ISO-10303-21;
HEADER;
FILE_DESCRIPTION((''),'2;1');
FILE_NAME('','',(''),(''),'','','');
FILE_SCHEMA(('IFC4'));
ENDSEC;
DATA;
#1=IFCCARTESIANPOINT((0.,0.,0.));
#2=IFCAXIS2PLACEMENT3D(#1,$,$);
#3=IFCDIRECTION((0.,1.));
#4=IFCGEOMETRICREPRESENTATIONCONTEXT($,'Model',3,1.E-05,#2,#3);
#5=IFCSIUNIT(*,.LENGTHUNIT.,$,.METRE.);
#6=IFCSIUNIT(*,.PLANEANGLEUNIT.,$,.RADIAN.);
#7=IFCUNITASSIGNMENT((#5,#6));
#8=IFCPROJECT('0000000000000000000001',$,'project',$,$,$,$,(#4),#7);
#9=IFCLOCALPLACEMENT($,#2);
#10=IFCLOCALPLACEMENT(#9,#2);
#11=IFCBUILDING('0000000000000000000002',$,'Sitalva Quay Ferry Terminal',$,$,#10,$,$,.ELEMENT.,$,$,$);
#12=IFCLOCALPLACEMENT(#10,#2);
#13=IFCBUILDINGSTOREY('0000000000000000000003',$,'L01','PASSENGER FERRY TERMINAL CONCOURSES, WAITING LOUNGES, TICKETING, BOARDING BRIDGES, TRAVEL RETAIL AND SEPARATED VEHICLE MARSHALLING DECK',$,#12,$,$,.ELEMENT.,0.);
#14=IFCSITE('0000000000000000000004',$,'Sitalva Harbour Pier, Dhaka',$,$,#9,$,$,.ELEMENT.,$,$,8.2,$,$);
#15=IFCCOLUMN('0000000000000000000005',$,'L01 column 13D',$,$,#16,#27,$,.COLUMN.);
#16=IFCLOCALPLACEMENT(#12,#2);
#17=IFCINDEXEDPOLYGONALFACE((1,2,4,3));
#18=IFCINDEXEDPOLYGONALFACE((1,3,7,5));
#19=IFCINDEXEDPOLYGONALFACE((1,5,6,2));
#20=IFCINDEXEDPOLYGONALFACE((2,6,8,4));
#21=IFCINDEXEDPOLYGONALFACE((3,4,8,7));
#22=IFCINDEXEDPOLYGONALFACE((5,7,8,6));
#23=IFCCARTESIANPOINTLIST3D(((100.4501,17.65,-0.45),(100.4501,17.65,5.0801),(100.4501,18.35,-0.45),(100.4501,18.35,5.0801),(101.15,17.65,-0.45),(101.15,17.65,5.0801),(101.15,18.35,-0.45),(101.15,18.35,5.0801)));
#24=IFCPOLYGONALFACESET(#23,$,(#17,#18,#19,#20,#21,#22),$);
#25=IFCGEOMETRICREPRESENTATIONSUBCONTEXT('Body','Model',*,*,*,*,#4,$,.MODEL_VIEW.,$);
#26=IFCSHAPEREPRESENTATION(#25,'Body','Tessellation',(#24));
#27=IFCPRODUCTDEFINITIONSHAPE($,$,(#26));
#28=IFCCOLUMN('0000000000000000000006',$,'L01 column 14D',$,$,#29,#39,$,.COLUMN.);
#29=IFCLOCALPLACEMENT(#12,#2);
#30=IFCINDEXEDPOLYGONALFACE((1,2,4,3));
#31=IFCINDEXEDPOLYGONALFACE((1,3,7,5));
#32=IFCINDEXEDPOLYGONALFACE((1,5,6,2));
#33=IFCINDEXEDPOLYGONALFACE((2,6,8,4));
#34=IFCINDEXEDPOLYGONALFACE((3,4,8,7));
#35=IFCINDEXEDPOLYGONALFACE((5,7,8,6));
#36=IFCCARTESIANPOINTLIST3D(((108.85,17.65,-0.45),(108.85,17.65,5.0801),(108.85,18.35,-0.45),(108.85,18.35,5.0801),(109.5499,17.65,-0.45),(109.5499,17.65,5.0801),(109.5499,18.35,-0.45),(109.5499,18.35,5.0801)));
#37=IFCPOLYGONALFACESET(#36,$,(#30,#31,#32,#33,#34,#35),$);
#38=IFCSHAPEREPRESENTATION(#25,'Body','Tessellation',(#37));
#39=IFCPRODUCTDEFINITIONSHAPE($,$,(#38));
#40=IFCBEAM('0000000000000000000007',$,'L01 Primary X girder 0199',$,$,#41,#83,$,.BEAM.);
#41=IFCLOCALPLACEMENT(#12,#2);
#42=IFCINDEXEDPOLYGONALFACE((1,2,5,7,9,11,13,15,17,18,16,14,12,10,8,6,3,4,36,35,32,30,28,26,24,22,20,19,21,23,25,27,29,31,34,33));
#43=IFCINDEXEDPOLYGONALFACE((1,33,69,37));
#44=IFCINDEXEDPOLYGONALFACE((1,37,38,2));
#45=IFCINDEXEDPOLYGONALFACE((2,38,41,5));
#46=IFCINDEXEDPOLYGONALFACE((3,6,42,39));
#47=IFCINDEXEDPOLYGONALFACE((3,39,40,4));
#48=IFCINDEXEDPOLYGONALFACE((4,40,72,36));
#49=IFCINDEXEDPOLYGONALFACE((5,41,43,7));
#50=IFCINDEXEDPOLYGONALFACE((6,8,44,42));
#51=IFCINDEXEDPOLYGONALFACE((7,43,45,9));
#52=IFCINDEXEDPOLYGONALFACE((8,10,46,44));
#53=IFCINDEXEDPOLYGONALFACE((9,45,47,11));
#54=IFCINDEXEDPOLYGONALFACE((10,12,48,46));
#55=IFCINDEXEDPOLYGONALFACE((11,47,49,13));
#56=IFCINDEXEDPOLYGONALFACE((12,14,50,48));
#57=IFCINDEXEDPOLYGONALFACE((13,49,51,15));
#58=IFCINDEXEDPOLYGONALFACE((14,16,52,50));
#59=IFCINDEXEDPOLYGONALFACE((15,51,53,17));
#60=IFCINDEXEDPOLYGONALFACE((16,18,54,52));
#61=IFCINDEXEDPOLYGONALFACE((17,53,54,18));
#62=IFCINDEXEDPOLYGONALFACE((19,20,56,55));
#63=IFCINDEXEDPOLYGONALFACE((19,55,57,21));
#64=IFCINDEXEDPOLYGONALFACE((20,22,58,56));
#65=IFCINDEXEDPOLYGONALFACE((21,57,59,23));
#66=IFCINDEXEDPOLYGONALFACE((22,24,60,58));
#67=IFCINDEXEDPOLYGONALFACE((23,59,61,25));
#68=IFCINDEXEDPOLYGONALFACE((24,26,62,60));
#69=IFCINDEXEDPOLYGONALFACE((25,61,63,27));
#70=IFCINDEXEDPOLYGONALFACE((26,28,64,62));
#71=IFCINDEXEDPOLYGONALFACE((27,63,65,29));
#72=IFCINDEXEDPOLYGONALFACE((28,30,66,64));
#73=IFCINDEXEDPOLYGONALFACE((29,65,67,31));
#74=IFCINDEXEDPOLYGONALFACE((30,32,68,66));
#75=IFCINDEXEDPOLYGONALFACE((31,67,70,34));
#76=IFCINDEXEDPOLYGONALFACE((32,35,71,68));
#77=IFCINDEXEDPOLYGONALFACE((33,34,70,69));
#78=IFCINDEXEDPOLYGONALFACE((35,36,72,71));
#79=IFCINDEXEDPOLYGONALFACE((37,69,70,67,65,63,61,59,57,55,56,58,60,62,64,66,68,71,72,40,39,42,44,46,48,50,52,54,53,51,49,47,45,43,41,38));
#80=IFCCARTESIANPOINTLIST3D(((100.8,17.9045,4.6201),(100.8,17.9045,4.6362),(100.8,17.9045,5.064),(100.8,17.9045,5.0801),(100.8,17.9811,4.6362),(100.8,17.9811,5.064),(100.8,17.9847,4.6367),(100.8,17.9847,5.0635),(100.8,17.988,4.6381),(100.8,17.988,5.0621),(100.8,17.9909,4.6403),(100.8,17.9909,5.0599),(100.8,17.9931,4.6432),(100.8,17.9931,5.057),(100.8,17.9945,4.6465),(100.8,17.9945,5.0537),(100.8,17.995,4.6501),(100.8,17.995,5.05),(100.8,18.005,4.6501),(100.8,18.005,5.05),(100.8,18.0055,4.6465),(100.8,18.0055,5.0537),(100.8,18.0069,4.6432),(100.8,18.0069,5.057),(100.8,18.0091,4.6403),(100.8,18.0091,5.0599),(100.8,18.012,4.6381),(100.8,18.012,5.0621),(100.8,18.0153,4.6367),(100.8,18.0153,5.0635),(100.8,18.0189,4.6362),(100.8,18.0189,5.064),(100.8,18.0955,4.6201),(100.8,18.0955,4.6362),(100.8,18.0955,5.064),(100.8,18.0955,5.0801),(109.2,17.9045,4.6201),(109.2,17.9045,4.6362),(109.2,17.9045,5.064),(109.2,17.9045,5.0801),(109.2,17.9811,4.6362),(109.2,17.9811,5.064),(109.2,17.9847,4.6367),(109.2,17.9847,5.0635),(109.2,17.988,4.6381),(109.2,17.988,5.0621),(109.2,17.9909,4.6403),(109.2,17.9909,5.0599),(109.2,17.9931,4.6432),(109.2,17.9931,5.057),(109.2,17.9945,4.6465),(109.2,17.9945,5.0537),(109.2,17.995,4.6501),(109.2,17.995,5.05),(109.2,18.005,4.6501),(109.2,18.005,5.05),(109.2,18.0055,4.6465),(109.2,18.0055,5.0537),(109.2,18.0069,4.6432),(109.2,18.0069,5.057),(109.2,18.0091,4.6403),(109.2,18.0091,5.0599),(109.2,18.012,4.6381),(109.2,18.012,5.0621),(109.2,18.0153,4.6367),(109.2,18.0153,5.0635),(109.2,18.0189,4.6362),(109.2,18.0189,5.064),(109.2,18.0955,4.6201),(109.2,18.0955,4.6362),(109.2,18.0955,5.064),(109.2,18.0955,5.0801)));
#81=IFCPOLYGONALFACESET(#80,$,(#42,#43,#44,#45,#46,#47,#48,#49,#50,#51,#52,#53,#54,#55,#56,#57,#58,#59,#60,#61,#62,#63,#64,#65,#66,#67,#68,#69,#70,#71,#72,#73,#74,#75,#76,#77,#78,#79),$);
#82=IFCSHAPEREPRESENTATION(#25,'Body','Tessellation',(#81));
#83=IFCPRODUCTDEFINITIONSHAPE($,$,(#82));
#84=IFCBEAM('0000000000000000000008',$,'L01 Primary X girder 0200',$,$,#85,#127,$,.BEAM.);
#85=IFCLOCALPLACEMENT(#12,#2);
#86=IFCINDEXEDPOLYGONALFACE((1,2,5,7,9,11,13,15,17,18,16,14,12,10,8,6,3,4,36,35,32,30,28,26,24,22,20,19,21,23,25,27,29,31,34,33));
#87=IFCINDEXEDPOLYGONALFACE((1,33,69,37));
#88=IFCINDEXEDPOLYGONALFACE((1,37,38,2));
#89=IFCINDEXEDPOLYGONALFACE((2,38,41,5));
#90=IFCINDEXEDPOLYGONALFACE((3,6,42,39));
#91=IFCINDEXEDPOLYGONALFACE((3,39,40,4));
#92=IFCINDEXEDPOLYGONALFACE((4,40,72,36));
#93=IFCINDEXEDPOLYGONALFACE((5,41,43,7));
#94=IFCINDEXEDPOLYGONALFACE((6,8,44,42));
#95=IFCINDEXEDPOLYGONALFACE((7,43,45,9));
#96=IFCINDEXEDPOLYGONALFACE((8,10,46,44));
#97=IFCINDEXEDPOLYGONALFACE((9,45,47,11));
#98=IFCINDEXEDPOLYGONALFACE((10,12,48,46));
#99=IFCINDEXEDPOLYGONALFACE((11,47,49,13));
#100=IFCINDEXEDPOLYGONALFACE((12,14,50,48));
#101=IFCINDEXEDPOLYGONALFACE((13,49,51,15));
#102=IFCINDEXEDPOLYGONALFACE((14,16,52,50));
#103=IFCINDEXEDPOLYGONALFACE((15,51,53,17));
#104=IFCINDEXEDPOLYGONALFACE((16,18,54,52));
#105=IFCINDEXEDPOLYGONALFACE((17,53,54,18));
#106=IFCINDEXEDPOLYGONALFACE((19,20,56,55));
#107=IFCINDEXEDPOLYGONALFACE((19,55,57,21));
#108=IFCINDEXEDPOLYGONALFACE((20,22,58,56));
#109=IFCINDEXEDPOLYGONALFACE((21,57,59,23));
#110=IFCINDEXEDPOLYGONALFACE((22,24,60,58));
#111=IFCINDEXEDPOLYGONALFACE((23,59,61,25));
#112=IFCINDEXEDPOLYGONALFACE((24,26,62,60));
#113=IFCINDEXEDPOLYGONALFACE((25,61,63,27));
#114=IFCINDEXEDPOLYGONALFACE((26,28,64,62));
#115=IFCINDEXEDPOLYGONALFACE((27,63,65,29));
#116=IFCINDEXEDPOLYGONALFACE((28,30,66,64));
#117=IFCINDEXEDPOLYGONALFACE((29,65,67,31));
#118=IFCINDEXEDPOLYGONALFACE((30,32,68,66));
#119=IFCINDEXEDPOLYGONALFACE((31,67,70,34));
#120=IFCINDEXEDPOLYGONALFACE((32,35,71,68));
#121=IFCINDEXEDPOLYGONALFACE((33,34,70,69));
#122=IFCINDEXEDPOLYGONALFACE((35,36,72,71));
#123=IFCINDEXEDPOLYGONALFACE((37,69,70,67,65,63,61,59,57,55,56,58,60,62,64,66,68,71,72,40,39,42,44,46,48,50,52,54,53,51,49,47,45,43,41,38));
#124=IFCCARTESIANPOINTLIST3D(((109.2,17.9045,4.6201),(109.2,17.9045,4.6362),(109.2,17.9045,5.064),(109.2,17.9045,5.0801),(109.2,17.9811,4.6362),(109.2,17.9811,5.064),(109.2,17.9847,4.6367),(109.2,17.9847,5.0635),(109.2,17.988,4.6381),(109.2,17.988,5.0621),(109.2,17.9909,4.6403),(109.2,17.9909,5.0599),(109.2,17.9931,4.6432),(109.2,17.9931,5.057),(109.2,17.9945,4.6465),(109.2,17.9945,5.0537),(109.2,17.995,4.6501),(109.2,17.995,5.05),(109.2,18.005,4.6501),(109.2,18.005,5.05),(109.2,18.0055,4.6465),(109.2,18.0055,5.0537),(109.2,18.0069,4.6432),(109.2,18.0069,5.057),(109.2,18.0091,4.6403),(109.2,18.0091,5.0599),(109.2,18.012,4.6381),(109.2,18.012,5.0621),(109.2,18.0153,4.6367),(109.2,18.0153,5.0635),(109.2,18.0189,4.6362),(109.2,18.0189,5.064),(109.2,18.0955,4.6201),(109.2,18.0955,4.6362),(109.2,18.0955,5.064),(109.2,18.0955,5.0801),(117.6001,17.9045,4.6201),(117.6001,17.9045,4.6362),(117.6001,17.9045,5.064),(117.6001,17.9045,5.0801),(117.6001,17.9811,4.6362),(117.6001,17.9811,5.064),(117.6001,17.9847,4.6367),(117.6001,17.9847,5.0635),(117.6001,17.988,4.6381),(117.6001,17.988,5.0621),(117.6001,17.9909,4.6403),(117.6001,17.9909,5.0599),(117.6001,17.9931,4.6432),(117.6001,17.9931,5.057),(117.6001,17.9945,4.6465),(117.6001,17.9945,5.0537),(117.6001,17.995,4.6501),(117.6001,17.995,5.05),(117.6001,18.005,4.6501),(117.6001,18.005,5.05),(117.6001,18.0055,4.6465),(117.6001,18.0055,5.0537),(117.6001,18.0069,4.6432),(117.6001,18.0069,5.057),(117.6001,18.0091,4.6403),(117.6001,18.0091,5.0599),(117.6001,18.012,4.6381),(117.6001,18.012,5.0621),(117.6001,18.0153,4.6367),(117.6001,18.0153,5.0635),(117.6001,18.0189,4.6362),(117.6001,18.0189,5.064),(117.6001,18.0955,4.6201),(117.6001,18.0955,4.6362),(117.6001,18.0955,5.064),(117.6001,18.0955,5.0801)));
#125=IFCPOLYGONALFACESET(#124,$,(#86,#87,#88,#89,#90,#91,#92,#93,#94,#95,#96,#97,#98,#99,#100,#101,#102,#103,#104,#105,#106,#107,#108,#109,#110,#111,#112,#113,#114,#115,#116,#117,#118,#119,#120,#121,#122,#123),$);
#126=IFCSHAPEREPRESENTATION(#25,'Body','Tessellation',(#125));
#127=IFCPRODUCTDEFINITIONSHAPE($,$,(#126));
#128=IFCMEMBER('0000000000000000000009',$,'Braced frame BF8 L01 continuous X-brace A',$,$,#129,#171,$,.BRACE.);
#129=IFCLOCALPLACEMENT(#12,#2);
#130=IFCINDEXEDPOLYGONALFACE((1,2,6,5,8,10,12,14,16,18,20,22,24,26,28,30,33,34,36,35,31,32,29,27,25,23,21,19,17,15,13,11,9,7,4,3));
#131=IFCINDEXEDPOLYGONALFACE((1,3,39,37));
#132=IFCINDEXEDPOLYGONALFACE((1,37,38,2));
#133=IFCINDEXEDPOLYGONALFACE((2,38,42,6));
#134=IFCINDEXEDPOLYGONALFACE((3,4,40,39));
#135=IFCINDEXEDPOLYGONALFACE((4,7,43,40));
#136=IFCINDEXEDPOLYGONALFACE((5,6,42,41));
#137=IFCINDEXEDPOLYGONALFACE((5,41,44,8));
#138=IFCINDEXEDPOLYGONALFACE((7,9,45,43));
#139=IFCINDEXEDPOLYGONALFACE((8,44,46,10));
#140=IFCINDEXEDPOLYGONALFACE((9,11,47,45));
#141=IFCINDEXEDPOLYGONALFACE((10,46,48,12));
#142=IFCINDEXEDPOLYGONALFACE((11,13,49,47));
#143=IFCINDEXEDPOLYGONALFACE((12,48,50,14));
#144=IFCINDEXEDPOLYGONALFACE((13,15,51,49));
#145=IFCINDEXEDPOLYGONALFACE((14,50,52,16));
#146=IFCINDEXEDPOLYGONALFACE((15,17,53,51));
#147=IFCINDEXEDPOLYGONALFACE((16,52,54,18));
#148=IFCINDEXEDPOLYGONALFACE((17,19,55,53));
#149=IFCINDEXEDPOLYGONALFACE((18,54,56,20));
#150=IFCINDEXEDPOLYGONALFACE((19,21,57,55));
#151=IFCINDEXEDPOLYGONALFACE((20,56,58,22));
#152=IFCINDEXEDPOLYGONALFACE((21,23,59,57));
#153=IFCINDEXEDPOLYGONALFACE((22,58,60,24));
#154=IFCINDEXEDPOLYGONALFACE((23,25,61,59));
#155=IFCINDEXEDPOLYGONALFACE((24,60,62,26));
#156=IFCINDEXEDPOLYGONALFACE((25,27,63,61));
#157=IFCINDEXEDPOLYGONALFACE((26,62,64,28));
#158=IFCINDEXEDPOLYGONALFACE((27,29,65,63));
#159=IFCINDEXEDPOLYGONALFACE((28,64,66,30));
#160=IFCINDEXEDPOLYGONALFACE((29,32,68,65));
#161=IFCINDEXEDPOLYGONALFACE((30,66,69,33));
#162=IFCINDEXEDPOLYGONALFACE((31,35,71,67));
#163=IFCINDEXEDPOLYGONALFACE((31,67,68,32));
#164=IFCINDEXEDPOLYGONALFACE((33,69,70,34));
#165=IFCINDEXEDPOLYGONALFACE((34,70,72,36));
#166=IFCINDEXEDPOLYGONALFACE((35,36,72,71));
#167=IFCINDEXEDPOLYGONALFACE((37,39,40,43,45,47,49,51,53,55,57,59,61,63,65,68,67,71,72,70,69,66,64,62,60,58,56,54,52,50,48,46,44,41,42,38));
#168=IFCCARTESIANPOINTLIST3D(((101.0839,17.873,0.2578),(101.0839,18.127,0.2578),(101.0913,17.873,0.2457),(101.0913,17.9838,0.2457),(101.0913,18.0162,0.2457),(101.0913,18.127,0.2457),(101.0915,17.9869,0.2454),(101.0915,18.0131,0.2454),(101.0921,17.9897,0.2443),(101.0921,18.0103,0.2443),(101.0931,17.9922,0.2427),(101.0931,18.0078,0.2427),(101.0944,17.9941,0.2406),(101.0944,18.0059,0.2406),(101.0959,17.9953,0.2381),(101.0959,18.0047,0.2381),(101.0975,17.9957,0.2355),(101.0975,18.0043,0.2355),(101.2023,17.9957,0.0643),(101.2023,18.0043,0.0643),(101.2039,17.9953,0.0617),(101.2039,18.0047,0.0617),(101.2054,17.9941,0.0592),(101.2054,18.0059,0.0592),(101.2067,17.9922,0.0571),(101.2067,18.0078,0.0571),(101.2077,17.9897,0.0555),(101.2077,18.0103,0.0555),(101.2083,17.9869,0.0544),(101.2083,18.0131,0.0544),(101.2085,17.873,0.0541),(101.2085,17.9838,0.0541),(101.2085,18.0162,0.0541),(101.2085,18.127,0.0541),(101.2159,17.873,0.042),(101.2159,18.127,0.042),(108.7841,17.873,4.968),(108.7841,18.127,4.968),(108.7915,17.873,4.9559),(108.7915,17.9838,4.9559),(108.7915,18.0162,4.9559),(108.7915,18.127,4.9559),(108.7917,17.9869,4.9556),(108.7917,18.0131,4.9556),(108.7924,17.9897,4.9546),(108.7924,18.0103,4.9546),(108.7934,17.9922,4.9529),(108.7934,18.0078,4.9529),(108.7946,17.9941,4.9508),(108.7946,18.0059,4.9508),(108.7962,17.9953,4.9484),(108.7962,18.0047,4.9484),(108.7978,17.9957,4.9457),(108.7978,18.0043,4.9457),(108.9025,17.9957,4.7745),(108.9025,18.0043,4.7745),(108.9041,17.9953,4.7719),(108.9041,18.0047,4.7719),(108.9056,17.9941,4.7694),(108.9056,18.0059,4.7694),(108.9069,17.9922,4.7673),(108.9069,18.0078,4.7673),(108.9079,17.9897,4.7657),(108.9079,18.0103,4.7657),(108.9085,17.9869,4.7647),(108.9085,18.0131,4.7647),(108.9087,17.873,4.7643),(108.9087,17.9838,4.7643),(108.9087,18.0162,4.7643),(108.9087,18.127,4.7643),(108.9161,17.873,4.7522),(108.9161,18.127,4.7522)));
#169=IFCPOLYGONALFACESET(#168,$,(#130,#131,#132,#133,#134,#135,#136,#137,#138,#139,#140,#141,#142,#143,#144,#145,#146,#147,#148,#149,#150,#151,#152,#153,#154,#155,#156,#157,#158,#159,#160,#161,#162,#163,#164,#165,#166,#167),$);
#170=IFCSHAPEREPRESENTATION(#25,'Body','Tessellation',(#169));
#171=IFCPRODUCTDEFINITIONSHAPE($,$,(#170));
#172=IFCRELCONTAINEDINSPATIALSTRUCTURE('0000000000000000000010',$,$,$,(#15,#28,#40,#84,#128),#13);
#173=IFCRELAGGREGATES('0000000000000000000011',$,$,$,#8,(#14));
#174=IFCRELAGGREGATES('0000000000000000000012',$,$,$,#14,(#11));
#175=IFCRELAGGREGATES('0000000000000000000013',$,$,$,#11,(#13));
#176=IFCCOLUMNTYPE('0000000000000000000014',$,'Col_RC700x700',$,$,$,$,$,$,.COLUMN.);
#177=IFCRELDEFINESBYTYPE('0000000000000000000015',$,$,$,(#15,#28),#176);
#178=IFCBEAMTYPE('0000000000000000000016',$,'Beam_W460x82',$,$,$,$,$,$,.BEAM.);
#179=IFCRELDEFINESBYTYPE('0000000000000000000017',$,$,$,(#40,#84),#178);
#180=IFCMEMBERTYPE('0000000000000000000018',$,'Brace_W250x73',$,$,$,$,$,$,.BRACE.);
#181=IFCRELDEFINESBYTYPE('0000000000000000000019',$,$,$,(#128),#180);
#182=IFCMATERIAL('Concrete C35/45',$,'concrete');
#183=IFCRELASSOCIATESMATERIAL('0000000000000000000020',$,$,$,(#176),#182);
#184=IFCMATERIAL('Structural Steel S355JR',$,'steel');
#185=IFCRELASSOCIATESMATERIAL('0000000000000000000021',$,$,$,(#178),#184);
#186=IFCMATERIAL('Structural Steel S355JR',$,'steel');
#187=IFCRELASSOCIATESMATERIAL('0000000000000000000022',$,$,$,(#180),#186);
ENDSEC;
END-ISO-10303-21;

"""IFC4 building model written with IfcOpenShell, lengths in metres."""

from ifc_helpers import new_model, si_unit, direction, frame, origin, origin_2d, place, context, subcontext, project, spatial, rectangle, i_section, extrude, material, material_profile, profile_set, type_object, element, save


model = new_model("IFC4")

# Units and contexts
model_context = context("Model", 3, precision=1e-05, world=origin(), true_north=direction((0.0, 1.0)))
body_context = subcontext(model_context, "Body", "Model", "MODEL_VIEW")
ifc_project = project(units=[si_unit("LENGTHUNIT", "METRE"), si_unit("PLANEANGLEUNIT", "RADIAN")], contexts=[model_context])

# Site, building, storey
site_placement = place(None, origin())
site = spatial("IfcSite", under=ifc_project, at=site_placement, Name="Sitalva Harbour Pier, Dhaka", CompositionType="ELEMENT", RefElevation=8.2)
building_placement = place(site_placement, origin())
building = spatial("IfcBuilding", under=site, at=building_placement, Name="Sitalva Quay Ferry Terminal", CompositionType="ELEMENT")
storey_placement = place(building_placement, origin())
storey = spatial("IfcBuildingStorey", under=building, at=storey_placement, Name="L01", Description="PASSENGER FERRY TERMINAL CONCOURSES, WAITING LOUNGES, TICKETING, BOARDING BRIDGES, TRAVEL RETAIL AND SEPARATED VEHICLE MARSHALLING DECK", CompositionType="ELEMENT", Elevation=0.0)

# Columns
ifc_material_1 = material(Name="Concrete C35/45", Category="concrete")
ifc_material_profile_1 = material_profile(ifc_material_1, rectangle(XDim=0.7, YDim=0.7, at=origin_2d()), Name="RC700x700")
ifc_profile_set_1 = profile_set([ifc_material_profile_1], Name="Concrete C35/45")
column_type = type_object("IfcColumnType", Name="Col_RC700x700", PredefinedType="COLUMN", material=ifc_profile_set_1)
for number, where, z_axis, x_axis, name in (
    (1, (100.8, 18.0, -0.45), (0.0, 0.0, 1.0), (1.0, 0.0, 0.0), "L01 column 13D"),
    (2, (109.2, 18.0, -0.45), (0.0, 0.0, 1.0), (1.0, 0.0, 0.0), "L01 column 14D"),
):
    element("IfcColumn", number, at=place(storey_placement, frame(where, z_axis=z_axis, x_axis=x_axis)), inside=storey, type_object=column_type, Name=name, PredefinedType="COLUMN", context=body_context, shape_type="SweptSolid", body=[
        extrude(rectangle(XDim=0.7, YDim=0.7, at=origin_2d()), origin(), (0.0, 0.0, 1.0), 5.53),
    ])

# Beams
ifc_material_2 = material(Name="Structural Steel S355JR", Category="steel")
ifc_material_profile_2 = material_profile(ifc_material_2, i_section(OverallWidth=0.1909, OverallDepth=0.46, WebThickness=0.01, FlangeThickness=0.0161, FilletRadius=0.0139, at=origin_2d()), Name="W460x82")
ifc_profile_set_2 = profile_set([ifc_material_profile_2], Name="Structural Steel S355JR")
beam_type_1 = type_object("IfcBeamType", Name="Beam_W460x82", PredefinedType="BEAM", material=ifc_profile_set_2)
beam_1_placement = place(storey_placement, frame((100.8, 18.0, 4.8501), z_axis=(1.0, 0.0, 0.0), x_axis=(0.0, 1.0, 0.0)))
element("IfcBeam", 3, at=beam_1_placement, inside=storey, type_object=beam_type_1, Name="L01 Primary X girder 0199", PredefinedType="BEAM", context=body_context, shape_type="SweptSolid", body=[
    extrude(i_section(OverallWidth=0.1909, OverallDepth=0.46, WebThickness=0.01, FlangeThickness=0.0161, FilletRadius=0.0139, at=origin_2d()), origin(), (0.0, 0.0, 1.0), 8.3999),
])
beam_2_placement = place(storey_placement, frame((109.2, 18.0, 4.8501), z_axis=(1.0, 0.0, 0.0), x_axis=(0.0, 1.0, 0.0)))
element("IfcBeam", 4, at=beam_2_placement, inside=storey, type_object=beam_type_1, Name="L01 Primary X girder 0200", PredefinedType="BEAM", context=body_context, shape_type="SweptSolid", body=[
    extrude(i_section(OverallWidth=0.1909, OverallDepth=0.46, WebThickness=0.01, FlangeThickness=0.0161, FilletRadius=0.0139, at=origin_2d()), origin(), (0.0, 0.0, 1.0), 8.4001),
])

# Member
ifc_material_3 = material(Name="Structural Steel S355JR", Category="steel")
ifc_material_profile_3 = material_profile(ifc_material_3, i_section(OverallWidth=0.2539, OverallDepth=0.2529, WebThickness=0.0085, FlangeThickness=0.0142, FilletRadius=0.012, at=origin_2d()), Name="W250x73")
ifc_profile_set_3 = profile_set([ifc_material_profile_3], Name="Structural Steel S355JR")
member_type = type_object("IfcMemberType", Name="Brace_W250x73", PredefinedType="BRACE", material=ifc_profile_set_3)
member_placement = place(storey_placement, frame((101.1499, 18.0, 0.1499), z_axis=(0.853058, 0.0, 0.521815), x_axis=(0.0, 1.0, 0.0)))
element("IfcMember", 5, at=member_placement, inside=storey, type_object=member_type, Name="Braced frame BF8 L01 continuous X-brace A", PredefinedType="BRACE", context=body_context, shape_type="SweptSolid", body=[
    extrude(i_section(OverallWidth=0.2539, OverallDepth=0.2529, WebThickness=0.0085, FlangeThickness=0.0142, FilletRadius=0.012, at=origin_2d()), origin(), (0.0, 0.0, 1.0), 9.0266),
])

save(model, "model.ifc")
